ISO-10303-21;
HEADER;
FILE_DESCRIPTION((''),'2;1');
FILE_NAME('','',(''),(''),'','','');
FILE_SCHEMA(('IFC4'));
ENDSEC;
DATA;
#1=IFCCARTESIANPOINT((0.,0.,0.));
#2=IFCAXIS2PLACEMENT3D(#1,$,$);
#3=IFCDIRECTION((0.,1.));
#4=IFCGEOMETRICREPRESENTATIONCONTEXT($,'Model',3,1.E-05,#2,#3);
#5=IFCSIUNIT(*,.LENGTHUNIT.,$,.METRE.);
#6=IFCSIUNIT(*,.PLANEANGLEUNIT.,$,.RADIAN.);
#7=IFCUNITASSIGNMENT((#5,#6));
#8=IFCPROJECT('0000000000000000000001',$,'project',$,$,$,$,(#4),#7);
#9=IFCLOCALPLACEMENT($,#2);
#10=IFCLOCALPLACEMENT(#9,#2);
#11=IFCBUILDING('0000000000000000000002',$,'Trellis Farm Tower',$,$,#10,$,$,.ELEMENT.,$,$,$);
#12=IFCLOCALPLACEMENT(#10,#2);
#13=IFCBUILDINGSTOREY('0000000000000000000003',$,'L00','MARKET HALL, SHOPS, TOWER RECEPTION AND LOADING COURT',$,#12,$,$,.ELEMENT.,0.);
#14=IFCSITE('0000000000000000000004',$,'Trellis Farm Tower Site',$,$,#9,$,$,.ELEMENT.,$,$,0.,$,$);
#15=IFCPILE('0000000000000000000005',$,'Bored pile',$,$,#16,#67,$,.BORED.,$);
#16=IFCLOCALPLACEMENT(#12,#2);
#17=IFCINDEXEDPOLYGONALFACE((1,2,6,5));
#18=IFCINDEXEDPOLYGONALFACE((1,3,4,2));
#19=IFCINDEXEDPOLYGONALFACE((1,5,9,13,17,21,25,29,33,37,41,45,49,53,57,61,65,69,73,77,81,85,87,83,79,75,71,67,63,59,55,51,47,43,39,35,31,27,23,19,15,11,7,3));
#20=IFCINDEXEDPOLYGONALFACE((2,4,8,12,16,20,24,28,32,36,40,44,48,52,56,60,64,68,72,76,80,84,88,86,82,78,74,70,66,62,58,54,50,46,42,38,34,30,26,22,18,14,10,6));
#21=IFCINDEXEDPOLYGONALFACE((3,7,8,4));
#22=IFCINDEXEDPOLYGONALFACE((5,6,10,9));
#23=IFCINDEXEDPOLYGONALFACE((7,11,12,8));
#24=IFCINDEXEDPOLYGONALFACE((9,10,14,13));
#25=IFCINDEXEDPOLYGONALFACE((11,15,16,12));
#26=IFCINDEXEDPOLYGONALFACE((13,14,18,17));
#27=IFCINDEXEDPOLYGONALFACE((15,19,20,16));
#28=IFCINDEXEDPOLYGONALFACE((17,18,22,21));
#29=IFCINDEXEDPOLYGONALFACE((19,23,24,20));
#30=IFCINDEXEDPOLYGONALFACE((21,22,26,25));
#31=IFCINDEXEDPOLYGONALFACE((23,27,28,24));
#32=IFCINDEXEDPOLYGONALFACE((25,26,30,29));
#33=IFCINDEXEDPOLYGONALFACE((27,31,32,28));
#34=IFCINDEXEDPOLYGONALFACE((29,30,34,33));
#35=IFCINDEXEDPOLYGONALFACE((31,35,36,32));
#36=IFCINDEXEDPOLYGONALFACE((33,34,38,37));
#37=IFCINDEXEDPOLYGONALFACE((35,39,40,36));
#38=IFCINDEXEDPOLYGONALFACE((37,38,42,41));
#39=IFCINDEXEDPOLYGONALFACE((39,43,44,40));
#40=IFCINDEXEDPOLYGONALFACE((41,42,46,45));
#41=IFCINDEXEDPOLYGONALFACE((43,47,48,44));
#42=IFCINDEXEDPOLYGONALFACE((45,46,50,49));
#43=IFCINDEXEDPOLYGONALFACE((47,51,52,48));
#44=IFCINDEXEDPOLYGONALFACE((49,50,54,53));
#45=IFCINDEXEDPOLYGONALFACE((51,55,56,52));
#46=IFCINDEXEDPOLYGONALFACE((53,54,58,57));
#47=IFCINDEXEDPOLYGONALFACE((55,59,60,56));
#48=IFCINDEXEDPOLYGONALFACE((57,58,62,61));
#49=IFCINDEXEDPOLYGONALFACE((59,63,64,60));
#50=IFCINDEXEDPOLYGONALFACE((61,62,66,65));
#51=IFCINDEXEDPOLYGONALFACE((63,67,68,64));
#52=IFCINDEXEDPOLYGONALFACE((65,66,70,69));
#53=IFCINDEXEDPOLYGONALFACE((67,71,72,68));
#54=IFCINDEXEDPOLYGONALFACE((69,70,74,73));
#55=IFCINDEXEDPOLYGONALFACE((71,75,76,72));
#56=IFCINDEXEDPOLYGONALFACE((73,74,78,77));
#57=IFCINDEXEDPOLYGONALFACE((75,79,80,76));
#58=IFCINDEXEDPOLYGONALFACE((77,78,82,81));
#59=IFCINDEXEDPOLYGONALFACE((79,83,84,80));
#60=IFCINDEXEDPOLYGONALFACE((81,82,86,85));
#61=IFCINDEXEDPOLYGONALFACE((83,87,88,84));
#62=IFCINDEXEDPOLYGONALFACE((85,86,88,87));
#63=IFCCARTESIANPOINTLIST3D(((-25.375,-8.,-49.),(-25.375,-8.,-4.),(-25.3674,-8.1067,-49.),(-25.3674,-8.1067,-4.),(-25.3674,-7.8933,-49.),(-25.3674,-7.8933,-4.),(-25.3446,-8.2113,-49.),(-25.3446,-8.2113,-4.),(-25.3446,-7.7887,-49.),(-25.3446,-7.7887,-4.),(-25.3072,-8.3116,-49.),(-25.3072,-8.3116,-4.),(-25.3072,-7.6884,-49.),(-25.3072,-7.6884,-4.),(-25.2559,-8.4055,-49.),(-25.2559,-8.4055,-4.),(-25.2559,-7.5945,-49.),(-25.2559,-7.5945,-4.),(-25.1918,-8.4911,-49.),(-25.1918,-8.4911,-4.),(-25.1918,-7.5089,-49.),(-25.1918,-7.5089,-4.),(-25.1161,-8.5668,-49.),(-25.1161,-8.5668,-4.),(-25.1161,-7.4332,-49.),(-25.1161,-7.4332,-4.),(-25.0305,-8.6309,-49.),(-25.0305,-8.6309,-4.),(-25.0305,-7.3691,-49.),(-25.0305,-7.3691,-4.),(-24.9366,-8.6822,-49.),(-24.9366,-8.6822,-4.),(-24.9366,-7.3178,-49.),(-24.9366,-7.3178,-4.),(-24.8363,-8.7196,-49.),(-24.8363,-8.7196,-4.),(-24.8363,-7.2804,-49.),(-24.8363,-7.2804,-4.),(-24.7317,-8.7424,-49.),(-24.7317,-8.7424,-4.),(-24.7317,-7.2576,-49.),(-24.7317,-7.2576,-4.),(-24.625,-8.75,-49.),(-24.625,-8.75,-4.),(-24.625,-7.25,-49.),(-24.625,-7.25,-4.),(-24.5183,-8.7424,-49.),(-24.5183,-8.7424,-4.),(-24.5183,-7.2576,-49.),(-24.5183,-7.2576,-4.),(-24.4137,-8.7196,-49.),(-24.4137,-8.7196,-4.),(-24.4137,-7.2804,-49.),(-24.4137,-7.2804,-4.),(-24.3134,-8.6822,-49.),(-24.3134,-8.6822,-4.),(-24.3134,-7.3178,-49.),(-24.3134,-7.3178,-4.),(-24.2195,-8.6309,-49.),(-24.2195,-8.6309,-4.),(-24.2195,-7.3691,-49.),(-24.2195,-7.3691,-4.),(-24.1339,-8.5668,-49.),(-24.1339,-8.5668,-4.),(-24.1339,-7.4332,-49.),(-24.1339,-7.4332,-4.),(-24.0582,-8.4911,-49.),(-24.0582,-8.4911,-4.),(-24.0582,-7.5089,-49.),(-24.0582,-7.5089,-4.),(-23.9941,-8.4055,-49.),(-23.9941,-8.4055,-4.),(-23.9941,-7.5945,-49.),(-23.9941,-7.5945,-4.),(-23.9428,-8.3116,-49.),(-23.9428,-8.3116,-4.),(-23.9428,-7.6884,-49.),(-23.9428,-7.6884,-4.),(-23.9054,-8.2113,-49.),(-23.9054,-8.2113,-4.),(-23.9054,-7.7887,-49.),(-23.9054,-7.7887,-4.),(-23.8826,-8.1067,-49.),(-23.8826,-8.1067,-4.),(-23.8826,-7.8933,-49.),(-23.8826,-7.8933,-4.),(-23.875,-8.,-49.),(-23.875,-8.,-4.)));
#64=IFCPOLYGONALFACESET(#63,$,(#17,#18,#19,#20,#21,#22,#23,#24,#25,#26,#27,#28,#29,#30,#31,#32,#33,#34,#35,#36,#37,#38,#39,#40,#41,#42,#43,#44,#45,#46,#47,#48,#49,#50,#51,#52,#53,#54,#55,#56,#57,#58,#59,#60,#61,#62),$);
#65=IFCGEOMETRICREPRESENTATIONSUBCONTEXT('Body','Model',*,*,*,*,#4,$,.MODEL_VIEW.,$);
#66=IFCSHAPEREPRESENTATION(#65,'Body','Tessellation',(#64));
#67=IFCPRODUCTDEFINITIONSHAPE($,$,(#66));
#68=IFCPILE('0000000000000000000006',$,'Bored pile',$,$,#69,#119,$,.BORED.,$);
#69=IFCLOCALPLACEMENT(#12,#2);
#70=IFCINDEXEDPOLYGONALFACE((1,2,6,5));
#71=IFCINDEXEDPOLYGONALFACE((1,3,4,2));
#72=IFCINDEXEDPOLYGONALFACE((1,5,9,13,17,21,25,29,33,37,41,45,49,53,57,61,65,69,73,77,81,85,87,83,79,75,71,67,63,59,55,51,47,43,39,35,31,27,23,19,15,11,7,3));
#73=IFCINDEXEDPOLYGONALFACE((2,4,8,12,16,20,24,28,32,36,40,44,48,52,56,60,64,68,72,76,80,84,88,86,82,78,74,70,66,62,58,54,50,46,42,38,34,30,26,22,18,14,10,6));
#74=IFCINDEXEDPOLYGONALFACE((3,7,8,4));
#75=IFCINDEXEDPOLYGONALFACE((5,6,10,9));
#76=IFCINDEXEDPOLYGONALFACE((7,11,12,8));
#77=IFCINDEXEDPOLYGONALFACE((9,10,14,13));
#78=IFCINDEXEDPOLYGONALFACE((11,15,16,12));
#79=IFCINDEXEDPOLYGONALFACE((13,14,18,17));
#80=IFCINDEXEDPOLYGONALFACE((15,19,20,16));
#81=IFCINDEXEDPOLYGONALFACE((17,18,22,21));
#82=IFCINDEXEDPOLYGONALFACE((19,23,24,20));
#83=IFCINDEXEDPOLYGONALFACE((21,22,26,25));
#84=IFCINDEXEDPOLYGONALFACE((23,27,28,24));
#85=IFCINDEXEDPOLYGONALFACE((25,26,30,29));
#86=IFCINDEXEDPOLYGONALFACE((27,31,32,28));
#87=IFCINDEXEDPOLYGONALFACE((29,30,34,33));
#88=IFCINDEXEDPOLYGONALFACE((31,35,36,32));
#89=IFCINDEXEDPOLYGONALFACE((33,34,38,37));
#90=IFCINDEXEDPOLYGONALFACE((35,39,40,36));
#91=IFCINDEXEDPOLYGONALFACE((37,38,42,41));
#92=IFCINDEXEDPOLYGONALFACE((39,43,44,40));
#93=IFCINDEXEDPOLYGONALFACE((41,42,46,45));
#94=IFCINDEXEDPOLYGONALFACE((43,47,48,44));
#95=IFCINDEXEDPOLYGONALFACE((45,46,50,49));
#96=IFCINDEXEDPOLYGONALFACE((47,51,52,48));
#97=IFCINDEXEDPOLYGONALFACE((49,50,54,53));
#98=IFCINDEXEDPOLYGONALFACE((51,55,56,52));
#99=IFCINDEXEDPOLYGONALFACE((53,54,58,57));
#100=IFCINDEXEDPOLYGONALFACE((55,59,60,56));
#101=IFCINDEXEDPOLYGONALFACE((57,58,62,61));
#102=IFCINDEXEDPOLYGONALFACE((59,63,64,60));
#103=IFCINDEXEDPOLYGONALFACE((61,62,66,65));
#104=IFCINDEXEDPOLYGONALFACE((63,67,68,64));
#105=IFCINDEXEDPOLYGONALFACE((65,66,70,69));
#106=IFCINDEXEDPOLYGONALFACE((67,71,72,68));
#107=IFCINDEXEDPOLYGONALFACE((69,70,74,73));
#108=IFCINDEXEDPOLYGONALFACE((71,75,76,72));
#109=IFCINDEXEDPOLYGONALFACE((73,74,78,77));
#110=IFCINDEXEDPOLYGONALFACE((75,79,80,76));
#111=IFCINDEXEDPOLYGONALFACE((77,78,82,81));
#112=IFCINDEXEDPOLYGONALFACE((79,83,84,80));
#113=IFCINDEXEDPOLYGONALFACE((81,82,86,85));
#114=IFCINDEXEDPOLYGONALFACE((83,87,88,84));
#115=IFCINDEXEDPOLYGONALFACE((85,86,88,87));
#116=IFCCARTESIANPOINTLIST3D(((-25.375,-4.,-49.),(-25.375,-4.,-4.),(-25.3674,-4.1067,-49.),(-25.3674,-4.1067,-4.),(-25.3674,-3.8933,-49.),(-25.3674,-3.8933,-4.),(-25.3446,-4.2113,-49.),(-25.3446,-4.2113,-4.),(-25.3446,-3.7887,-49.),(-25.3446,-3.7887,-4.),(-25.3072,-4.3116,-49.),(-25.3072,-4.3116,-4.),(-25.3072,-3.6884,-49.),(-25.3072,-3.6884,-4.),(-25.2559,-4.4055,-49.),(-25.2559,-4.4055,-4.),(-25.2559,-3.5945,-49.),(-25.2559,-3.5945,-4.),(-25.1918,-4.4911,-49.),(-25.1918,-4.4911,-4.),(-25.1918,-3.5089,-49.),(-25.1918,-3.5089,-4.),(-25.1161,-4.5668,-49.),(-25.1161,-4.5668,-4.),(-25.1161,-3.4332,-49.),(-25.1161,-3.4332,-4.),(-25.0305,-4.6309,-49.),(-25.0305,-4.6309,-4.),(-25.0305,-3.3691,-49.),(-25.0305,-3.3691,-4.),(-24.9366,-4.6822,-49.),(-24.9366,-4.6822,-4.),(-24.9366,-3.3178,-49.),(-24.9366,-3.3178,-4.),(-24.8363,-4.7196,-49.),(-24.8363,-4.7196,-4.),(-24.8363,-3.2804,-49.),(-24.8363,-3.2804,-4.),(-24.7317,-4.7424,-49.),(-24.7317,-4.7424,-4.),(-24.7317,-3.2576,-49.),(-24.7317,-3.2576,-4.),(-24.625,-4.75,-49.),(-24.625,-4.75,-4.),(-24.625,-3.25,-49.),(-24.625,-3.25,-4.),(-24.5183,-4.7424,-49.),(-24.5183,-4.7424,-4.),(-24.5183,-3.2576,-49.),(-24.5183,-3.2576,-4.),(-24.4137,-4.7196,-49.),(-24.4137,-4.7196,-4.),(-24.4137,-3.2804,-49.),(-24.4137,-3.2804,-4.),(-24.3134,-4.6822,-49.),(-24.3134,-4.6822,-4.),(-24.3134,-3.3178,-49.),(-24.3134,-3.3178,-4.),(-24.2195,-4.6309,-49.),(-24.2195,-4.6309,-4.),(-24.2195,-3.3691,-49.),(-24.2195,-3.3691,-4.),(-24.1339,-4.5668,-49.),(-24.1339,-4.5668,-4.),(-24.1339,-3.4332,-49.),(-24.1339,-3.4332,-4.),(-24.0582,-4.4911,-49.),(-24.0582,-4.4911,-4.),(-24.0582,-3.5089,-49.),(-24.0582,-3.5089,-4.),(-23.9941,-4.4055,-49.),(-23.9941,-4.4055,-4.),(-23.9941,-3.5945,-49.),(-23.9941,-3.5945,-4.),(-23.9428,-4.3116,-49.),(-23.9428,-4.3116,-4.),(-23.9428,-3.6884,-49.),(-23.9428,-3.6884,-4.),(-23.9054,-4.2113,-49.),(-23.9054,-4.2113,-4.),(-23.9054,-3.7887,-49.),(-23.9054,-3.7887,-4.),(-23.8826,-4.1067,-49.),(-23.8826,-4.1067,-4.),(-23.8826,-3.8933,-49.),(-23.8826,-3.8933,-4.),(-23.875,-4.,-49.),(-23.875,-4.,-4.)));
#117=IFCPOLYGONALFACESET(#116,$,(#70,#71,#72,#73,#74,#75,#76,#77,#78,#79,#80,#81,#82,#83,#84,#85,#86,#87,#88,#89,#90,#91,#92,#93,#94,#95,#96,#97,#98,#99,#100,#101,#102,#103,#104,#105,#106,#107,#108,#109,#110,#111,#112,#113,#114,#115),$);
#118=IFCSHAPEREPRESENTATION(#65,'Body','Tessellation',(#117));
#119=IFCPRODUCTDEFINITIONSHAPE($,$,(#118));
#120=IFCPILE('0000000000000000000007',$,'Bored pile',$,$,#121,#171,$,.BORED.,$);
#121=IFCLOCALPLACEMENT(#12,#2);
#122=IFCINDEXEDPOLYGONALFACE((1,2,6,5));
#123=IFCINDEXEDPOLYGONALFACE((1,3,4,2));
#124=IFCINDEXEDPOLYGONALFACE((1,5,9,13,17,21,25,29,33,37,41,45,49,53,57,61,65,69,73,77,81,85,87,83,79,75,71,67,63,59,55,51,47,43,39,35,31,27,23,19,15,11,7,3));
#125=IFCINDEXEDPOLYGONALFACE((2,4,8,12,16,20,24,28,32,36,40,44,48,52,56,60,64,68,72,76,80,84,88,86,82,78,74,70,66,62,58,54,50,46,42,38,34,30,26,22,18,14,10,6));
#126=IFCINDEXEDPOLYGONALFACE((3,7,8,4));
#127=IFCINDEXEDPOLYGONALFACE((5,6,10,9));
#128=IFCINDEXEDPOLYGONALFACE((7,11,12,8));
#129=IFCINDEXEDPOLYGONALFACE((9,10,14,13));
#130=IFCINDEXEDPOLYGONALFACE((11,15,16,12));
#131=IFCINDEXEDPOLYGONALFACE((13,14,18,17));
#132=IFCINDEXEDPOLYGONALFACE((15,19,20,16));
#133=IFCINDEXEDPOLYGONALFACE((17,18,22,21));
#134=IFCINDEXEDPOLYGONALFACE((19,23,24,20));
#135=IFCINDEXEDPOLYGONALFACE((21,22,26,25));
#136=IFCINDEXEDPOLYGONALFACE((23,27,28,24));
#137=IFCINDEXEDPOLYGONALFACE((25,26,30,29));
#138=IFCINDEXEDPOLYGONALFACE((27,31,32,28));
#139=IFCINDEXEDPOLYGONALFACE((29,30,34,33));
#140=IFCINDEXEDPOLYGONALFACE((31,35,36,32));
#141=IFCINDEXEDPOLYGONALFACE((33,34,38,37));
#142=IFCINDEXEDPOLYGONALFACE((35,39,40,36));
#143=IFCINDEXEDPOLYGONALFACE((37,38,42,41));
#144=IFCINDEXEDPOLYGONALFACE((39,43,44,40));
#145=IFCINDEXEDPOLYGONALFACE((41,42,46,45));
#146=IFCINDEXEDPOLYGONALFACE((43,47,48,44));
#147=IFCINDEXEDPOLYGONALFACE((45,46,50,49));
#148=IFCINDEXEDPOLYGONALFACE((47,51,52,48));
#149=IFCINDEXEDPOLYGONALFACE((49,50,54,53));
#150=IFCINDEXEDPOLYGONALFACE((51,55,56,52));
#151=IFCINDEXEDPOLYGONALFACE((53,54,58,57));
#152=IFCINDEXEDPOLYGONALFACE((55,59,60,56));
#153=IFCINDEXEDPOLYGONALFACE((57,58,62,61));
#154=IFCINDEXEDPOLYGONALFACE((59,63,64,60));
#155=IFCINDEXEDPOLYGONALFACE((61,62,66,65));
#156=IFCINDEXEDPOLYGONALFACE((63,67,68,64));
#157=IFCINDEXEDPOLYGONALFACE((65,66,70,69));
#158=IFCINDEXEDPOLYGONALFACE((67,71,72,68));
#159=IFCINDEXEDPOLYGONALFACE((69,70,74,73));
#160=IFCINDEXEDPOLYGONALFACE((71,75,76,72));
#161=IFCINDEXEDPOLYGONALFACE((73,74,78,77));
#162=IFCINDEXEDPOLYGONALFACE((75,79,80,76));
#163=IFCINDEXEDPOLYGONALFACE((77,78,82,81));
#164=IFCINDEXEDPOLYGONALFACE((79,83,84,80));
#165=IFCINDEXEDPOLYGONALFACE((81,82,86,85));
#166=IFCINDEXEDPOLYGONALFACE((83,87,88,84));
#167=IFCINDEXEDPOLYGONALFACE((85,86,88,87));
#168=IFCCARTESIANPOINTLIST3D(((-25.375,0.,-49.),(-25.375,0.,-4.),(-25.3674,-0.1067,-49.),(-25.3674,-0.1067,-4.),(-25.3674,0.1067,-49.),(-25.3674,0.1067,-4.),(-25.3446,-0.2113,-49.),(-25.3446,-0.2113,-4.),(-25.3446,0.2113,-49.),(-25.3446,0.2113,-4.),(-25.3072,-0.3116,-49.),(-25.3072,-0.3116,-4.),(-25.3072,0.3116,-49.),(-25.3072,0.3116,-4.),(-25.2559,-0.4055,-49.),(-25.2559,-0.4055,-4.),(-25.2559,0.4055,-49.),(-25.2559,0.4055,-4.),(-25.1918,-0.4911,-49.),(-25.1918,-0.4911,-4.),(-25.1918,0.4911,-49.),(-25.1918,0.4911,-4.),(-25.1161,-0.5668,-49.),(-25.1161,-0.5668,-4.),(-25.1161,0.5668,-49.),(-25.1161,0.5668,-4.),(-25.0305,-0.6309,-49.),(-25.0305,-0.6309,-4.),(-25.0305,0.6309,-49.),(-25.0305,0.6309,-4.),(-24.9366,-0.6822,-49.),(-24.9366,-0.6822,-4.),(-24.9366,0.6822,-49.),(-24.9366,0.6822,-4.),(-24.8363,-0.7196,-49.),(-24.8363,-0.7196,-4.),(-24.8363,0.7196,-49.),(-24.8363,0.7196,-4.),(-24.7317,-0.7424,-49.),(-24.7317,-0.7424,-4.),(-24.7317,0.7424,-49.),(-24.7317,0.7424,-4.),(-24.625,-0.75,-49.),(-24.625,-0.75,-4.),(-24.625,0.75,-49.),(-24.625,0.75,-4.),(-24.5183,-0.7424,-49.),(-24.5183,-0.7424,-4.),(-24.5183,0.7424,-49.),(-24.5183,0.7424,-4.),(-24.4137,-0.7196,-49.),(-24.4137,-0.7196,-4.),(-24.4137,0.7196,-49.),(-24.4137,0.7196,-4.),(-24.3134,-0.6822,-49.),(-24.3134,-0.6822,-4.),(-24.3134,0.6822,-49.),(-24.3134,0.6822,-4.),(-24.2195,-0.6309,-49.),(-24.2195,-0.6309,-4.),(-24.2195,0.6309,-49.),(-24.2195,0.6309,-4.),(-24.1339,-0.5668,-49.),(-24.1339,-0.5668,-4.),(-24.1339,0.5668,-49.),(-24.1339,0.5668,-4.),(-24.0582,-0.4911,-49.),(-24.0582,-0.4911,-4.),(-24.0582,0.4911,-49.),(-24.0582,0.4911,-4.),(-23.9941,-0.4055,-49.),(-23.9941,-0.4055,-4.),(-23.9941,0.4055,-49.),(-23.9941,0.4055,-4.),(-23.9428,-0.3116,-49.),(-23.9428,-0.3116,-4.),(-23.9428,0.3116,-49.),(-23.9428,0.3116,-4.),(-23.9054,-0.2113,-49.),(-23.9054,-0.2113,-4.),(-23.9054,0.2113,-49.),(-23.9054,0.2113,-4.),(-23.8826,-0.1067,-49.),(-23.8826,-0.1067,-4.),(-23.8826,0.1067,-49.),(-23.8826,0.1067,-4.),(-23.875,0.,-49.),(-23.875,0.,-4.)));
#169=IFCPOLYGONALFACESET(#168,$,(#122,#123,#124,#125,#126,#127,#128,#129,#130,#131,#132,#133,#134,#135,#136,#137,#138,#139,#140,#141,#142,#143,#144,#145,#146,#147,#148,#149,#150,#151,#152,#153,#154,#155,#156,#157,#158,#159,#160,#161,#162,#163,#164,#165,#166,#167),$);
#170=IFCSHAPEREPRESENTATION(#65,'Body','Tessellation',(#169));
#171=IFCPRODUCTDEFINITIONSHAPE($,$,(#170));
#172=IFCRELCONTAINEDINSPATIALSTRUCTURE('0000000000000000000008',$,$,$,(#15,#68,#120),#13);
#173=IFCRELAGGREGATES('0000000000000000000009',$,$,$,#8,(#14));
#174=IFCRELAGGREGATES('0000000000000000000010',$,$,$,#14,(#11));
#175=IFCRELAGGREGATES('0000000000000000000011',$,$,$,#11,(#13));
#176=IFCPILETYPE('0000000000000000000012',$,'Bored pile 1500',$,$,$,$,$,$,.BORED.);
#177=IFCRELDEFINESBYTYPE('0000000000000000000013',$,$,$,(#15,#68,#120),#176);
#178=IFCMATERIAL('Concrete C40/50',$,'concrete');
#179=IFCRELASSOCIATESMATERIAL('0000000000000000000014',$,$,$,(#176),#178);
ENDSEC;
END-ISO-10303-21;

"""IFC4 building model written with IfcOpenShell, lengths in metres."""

from ifc_helpers import new_model, si_unit, direction, frame, origin, origin_2d, place, context, subcontext, project, spatial, circle, extrude, source, transform, mapped, material, material_profile, profile_set, type_object, element, save


model = new_model("IFC4")

# Units and contexts
model_context = context("Model", 3, precision=1e-05, world=origin(), true_north=direction((0.0, 1.0)))
body_context = subcontext(model_context, "Body", "Model", "MODEL_VIEW")
ifc_project = project(units=[si_unit("LENGTHUNIT", "METRE"), si_unit("PLANEANGLEUNIT", "RADIAN")], contexts=[model_context])

# Site, building, storey
site_placement = place(None, origin())
site = spatial("IfcSite", under=ifc_project, at=site_placement, Name="Trellis Farm Tower Site", CompositionType="ELEMENT", RefElevation=0.0)
building_placement = place(site_placement, origin())
building = spatial("IfcBuilding", under=site, at=building_placement, Name="Trellis Farm Tower", CompositionType="ELEMENT")
storey_placement = place(building_placement, origin())
storey = spatial("IfcBuildingStorey", under=building, at=storey_placement, Name="L00", Description="MARKET HALL, SHOPS, TOWER RECEPTION AND LOADING COURT", CompositionType="ELEMENT", Elevation=0.0)

# Piles
ifc_material_1 = material(Name="Concrete C40/50", Category="concrete")
ifc_material_profile_1 = material_profile(ifc_material_1, circle(Radius=0.75, at=origin_2d()), Name="Bored pile 1500")
ifc_profile_set_1 = profile_set([ifc_material_profile_1], Name="Concrete C40/50")
pile_type = type_object("IfcPileType", Name="Bored pile 1500", PredefinedType="BORED", material=ifc_profile_set_1)
shared_shape_1 = source(origin(), body_context, "Body", "SweptSolid", [
    extrude(circle(Radius=0.75, at=origin_2d()), origin(), (0.0, 0.0, 1.0), 45.0),
])
for number, where, z_axis, x_axis, name in (
    (1, (-24.625, -8.0, -4.0), (0.0, 0.0, -1.0), (1.0, 0.0, 0.0), "Bored pile"),
    (2, (-24.625, -4.0, -4.0), (0.0, 0.0, -1.0), (1.0, 0.0, 0.0), "Bored pile"),
    (3, (-24.625, 0.0, -4.0), (0.0, 0.0, -1.0), (1.0, 0.0, 0.0), "Bored pile"),
):
    element("IfcPile", number, at=place(storey_placement, frame(where, z_axis=z_axis, x_axis=x_axis)), inside=storey, type_object=pile_type, Name=name, PredefinedType="BORED", context=body_context, shape_type="MappedRepresentation", body=[
        mapped(shared_shape_1, transform((0.0, 0.0, 0.0))),
    ])

save(model, "model.ifc")
